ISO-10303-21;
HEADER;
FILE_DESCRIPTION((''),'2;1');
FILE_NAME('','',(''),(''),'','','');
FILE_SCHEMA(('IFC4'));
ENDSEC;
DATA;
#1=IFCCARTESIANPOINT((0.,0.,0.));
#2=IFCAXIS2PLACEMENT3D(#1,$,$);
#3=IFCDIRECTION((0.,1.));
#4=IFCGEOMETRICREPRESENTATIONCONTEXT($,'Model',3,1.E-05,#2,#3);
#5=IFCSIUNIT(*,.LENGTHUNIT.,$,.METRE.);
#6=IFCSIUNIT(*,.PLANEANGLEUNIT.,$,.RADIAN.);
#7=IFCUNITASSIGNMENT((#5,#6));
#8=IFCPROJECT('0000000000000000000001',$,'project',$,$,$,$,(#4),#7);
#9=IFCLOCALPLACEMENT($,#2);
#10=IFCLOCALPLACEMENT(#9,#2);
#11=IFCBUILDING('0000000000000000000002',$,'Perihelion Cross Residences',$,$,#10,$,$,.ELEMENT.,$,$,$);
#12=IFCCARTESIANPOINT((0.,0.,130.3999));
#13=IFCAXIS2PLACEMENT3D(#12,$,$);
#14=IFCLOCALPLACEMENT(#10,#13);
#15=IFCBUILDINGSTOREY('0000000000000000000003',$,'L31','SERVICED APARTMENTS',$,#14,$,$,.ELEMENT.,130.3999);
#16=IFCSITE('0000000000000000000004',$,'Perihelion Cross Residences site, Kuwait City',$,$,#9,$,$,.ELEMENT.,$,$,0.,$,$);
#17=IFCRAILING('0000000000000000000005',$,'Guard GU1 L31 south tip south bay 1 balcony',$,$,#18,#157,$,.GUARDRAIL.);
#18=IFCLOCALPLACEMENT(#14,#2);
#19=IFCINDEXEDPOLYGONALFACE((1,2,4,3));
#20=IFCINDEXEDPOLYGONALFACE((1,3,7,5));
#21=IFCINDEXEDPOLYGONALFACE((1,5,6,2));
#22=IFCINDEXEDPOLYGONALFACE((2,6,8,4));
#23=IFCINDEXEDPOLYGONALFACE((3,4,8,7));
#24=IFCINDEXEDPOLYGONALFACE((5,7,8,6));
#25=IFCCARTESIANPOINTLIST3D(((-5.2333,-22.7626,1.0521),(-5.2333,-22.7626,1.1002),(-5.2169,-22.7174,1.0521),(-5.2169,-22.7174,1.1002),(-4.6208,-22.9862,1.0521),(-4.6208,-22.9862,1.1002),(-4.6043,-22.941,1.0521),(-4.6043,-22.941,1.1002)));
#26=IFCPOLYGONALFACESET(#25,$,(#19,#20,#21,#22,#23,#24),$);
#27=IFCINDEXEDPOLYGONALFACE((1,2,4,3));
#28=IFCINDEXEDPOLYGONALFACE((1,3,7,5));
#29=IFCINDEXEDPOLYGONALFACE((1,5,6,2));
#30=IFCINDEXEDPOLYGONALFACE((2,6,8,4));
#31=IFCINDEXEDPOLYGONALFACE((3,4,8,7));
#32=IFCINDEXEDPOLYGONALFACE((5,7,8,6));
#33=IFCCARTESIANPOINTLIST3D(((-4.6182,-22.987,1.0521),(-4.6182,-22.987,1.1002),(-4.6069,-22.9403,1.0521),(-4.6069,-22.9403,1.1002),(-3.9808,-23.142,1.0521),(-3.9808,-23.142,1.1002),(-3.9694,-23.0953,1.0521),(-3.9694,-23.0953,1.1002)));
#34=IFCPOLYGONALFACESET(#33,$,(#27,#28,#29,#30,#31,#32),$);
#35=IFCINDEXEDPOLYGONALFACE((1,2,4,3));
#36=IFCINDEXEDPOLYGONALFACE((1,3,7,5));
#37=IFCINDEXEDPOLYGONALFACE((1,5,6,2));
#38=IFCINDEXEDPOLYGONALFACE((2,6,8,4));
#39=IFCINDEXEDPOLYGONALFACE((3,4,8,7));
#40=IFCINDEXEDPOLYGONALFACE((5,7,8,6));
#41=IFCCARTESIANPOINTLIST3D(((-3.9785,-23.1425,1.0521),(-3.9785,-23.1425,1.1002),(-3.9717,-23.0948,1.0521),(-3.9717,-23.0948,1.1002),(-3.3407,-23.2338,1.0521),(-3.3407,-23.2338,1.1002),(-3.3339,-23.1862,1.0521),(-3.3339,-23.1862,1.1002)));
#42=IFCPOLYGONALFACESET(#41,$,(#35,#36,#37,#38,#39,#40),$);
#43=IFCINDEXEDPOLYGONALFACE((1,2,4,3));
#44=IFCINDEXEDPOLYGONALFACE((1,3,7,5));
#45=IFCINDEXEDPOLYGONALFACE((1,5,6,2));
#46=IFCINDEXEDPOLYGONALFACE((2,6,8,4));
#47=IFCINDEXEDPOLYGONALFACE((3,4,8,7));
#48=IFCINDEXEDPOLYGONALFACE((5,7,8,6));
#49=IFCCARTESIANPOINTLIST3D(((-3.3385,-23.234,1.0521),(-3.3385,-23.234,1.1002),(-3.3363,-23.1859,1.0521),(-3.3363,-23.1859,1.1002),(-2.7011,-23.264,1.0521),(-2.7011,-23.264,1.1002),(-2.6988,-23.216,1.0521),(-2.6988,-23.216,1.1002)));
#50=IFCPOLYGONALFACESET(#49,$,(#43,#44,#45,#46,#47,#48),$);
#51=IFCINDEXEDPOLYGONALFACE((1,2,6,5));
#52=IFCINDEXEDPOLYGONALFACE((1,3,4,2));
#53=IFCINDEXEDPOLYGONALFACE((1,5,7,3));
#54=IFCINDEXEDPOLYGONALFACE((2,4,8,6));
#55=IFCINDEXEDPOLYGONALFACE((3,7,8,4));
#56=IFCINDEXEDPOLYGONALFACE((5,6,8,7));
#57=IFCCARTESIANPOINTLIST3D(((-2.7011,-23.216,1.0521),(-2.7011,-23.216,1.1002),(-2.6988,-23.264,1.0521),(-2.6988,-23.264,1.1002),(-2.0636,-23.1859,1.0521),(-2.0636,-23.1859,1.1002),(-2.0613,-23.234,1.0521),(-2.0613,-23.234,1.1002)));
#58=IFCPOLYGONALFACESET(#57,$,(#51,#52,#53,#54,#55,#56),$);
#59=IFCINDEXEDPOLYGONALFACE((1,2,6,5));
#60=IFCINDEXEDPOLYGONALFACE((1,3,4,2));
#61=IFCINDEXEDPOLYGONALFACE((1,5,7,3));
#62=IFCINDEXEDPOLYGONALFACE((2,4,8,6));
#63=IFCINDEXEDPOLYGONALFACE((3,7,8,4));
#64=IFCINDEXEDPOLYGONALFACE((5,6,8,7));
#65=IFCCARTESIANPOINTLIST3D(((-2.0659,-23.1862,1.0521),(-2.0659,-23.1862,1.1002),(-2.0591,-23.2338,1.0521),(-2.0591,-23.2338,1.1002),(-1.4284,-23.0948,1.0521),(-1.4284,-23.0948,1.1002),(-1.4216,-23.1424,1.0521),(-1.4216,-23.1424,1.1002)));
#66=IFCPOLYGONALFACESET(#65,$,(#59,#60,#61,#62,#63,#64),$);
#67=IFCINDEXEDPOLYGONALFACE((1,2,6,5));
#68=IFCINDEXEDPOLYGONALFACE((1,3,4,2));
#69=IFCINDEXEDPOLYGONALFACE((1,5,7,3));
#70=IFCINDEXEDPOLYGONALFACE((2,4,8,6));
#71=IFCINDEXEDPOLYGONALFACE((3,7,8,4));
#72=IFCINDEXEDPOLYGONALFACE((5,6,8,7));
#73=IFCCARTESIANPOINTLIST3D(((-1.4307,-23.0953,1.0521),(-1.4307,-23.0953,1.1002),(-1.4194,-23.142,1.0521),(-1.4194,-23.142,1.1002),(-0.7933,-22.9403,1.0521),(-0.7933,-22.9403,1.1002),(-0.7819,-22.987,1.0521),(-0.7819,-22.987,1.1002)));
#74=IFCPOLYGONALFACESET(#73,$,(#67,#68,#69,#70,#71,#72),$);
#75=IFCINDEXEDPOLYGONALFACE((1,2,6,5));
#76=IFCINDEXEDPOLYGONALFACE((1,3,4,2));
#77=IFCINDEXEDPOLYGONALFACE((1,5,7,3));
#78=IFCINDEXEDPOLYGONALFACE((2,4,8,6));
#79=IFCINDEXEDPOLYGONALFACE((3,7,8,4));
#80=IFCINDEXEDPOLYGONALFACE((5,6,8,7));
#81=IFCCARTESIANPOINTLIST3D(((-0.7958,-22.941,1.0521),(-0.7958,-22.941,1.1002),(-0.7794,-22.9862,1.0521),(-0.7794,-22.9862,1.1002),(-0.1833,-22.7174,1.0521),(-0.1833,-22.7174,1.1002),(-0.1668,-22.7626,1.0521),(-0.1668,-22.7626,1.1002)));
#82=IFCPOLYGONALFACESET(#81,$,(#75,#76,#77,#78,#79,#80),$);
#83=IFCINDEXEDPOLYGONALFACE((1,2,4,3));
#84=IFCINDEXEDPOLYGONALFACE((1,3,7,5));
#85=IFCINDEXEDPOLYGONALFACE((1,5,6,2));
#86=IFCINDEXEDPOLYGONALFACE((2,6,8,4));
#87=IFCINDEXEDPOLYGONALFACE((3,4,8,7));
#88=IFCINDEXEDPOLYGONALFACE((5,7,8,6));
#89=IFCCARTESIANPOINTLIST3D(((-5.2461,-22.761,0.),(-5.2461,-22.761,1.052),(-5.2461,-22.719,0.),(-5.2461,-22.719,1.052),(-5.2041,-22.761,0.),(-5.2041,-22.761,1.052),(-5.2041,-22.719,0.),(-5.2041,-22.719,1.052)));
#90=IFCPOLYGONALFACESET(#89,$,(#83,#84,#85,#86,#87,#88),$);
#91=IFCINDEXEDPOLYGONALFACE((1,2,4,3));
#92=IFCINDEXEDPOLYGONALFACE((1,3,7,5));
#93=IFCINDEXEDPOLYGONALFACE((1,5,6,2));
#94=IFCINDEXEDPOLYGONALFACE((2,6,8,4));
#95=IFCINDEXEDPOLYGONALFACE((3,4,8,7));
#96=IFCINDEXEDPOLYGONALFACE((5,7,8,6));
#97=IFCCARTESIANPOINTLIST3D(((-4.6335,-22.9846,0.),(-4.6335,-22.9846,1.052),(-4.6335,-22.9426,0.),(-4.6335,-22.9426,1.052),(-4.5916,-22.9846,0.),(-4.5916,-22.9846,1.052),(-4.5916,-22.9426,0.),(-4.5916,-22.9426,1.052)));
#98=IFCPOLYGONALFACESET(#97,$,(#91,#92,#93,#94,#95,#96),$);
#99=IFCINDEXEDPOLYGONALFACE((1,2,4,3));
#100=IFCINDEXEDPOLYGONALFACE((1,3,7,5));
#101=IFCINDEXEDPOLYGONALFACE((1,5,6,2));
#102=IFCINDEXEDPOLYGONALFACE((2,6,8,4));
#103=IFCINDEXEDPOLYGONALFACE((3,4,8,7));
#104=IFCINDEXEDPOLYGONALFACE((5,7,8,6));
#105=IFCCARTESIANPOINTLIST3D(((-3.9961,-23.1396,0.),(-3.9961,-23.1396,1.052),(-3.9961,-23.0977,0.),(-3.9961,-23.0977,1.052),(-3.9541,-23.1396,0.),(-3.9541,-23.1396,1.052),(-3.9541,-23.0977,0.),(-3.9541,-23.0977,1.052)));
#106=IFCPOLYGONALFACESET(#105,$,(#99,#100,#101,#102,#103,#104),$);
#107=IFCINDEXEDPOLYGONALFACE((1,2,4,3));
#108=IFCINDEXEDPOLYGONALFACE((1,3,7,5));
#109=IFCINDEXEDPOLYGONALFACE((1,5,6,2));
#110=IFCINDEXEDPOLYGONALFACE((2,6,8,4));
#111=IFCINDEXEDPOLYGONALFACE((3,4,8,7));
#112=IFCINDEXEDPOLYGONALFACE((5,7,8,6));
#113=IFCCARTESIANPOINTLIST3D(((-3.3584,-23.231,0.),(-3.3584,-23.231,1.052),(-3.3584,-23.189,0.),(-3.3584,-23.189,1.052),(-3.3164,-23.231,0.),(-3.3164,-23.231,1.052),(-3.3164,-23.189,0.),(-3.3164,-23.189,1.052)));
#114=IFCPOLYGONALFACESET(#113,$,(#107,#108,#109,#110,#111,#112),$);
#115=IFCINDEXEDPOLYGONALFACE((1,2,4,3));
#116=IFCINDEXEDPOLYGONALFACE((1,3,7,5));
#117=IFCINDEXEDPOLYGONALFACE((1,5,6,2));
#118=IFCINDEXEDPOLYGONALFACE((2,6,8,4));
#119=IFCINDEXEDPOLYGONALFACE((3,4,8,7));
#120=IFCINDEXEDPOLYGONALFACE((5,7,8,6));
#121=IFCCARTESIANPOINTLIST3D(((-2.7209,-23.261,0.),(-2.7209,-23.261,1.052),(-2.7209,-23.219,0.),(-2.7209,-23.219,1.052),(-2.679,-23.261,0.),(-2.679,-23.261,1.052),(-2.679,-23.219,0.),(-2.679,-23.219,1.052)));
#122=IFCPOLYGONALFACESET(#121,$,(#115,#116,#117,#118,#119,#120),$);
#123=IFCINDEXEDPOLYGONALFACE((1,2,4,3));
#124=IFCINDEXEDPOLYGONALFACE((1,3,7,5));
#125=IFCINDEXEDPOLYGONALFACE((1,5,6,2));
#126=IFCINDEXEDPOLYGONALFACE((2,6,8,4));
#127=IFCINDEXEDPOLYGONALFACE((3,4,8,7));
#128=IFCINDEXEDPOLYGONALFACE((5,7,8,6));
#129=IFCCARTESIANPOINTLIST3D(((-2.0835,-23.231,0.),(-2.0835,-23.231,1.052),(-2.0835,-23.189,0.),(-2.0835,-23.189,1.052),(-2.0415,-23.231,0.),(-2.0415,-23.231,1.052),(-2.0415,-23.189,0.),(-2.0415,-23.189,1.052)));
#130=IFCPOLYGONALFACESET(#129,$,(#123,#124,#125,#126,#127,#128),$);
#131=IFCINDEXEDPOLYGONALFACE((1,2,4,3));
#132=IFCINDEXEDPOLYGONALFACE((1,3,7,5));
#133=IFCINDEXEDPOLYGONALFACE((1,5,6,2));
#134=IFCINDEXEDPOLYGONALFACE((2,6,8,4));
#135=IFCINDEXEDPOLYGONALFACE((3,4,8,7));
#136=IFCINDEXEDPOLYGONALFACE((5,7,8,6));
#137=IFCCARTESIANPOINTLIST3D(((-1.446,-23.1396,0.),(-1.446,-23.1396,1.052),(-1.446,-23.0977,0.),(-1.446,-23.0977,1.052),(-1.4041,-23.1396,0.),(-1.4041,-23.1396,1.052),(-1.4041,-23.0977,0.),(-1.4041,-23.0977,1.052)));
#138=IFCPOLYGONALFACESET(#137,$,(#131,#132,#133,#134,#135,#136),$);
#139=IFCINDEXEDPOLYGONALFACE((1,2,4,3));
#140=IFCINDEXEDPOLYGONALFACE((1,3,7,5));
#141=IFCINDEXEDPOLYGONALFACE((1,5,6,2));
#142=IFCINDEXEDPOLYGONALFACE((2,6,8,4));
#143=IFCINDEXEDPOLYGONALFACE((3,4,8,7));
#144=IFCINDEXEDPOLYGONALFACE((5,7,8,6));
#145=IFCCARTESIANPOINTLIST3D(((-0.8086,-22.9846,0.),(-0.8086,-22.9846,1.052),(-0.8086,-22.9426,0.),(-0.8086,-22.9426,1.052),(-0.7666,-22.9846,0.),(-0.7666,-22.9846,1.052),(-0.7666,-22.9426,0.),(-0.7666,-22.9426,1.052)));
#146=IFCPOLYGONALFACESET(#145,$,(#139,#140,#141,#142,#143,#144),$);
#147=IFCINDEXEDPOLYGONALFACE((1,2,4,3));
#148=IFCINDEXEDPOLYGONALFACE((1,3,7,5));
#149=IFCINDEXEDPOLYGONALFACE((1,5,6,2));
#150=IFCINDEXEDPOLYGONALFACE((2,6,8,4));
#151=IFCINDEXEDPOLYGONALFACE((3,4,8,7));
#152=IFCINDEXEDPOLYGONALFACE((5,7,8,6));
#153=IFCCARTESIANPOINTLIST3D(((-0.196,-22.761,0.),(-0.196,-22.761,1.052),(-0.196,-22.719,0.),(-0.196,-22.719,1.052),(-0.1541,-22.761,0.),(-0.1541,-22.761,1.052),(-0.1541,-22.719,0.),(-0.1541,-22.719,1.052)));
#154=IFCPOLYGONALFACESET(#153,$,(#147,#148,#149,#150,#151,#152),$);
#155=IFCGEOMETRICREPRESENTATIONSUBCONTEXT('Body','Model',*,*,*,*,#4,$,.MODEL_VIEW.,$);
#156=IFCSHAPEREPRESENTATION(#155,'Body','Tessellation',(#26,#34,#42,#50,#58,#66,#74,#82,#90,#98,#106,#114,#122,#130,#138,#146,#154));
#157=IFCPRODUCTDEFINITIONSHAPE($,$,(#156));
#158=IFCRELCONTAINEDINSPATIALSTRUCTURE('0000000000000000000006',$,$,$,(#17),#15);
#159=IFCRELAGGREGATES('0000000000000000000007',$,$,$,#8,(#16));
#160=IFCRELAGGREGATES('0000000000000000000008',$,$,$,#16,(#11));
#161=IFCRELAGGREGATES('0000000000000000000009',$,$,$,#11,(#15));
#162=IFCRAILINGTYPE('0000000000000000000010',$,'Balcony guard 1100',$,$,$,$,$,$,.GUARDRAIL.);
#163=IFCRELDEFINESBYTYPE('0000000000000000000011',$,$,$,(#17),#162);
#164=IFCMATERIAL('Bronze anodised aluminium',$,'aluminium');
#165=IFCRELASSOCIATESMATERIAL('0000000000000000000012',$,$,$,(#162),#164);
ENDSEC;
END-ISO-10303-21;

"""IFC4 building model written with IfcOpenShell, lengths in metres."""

from ifc_helpers import new_model, si_unit, direction, frame, origin, origin_2d, place, context, subcontext, project, spatial, rectangle, extrude, material, type_object, element, save


model = new_model("IFC4")

# Units and contexts
model_context = context("Model", 3, precision=1e-05, world=origin(), true_north=direction((0.0, 1.0)))
body_context = subcontext(model_context, "Body", "Model", "MODEL_VIEW")
ifc_project = project(units=[si_unit("LENGTHUNIT", "METRE"), si_unit("PLANEANGLEUNIT", "RADIAN")], contexts=[model_context])

# Site, building, storey
site_placement = place(None, origin())
site = spatial("IfcSite", under=ifc_project, at=site_placement, Name="Perihelion Cross Residences site, Kuwait City", CompositionType="ELEMENT", RefElevation=0.0)
building_placement = place(site_placement, origin())
building = spatial("IfcBuilding", under=site, at=building_placement, Name="Perihelion Cross Residences", CompositionType="ELEMENT")
storey_placement = place(building_placement, frame((0.0, 0.0, 130.3999)))
storey = spatial("IfcBuildingStorey", under=building, at=storey_placement, Name="L31", Description="SERVICED APARTMENTS", CompositionType="ELEMENT", Elevation=130.3999)

# Railing
ifc_material_1 = material(Name="Bronze anodised aluminium", Category="aluminium")
railing_type = type_object("IfcRailingType", Name="Balcony guard 1100", PredefinedType="GUARDRAIL", material=ifc_material_1)
railing_1_placement = place(storey_placement, frame((-5.2251, -22.74, 0.0)))
element("IfcRailing", 1, at=railing_1_placement, inside=storey, type_object=railing_type, Name="Guard GU1 L31 south tip south bay 1 balcony", PredefinedType="GUARDRAIL", context=body_context, shape_type="SweptSolid", body=[
    extrude(rectangle(XDim=0.0481, YDim=0.0481, at=origin_2d()), frame((0.0, 0.0, 1.0762), z_axis=(0.939355, -0.342945, 0.0), x_axis=(0.342945, 0.939355, 0.0)), (0.0, 0.0, 1.0), 0.6521),
    extrude(rectangle(XDim=0.0481, YDim=0.0481, at=origin_2d()), frame((0.6125, -0.2236, 1.0762), z_axis=(0.971677, -0.236314, 0.0), x_axis=(0.236314, 0.971677, 0.0)), (0.0, 0.0, 1.0), 0.656),
    extrude(rectangle(XDim=0.0481, YDim=0.0481, at=origin_2d()), frame((1.25, -0.3787, 1.0762), z_axis=(0.989904, -0.14174, 0.0), x_axis=(0.14174, 0.989904, 0.0)), (0.0, 0.0, 1.0), 0.6443),
    extrude(rectangle(XDim=0.0481, YDim=0.0481, at=origin_2d()), frame((1.8877, -0.47, 1.0762), z_axis=(0.998892, -0.047056, 0.0), x_axis=(0.047056, 0.998892, 0.0)), (0.0, 0.0, 1.0), 0.6382),
    extrude(rectangle(XDim=0.0481, YDim=0.0481, at=origin_2d()), frame((2.5251, -0.5, 1.0762), z_axis=(0.998892, 0.047056, 0.0), x_axis=(-0.047056, 0.998892, 0.0)), (0.0, 0.0, 1.0), 0.6382),
    extrude(rectangle(XDim=0.0481, YDim=0.0481, at=origin_2d()), frame((3.1626, -0.47, 1.0762), z_axis=(0.989896, 0.141793, 0.0), x_axis=(-0.141793, 0.989896, 0.0)), (0.0, 0.0, 1.0), 0.644),
    extrude(rectangle(XDim=0.0481, YDim=0.0481, at=origin_2d()), frame((3.8, -0.3787, 1.0762), z_axis=(0.971677, 0.236314, 0.0), x_axis=(-0.236314, 0.971677, 0.0)), (0.0, 0.0, 1.0), 0.656),
    extrude(rectangle(XDim=0.0481, YDim=0.0481, at=origin_2d()), frame((4.4375, -0.2236, 1.0762), z_axis=(0.939355, 0.342945, 0.0), x_axis=(-0.342945, 0.939355, 0.0)), (0.0, 0.0, 1.0), 0.6521),
    extrude(rectangle(XDim=0.042, YDim=0.042, at=origin_2d()), origin(), (0.0, 0.0, 1.0), 1.052),
    extrude(rectangle(XDim=0.042, YDim=0.042, at=origin_2d()), frame((0.6125, -0.2236, 0.0)), (0.0, 0.0, 1.0), 1.052),
    extrude(rectangle(XDim=0.042, YDim=0.042, at=origin_2d()), frame((1.25, -0.3787, 0.0)), (0.0, 0.0, 1.0), 1.052),
    extrude(rectangle(XDim=0.042, YDim=0.042, at=origin_2d()), frame((1.8877, -0.47, 0.0)), (0.0, 0.0, 1.0), 1.052),
    extrude(rectangle(XDim=0.042, YDim=0.042, at=origin_2d()), frame((2.5251, -0.5, 0.0)), (0.0, 0.0, 1.0), 1.052),
    extrude(rectangle(XDim=0.042, YDim=0.042, at=origin_2d()), frame((3.1626, -0.47, 0.0)), (0.0, 0.0, 1.0), 1.052),
    extrude(rectangle(XDim=0.042, YDim=0.042, at=origin_2d()), frame((3.8, -0.3787, 0.0)), (0.0, 0.0, 1.0), 1.052),
    extrude(rectangle(XDim=0.042, YDim=0.042, at=origin_2d()), frame((4.4375, -0.2236, 0.0)), (0.0, 0.0, 1.0), 1.052),
    extrude(rectangle(XDim=0.042, YDim=0.042, at=origin_2d()), frame((5.05, 0.0, 0.0)), (0.0, 0.0, 1.0), 1.052),
])

save(model, "model.ifc")
